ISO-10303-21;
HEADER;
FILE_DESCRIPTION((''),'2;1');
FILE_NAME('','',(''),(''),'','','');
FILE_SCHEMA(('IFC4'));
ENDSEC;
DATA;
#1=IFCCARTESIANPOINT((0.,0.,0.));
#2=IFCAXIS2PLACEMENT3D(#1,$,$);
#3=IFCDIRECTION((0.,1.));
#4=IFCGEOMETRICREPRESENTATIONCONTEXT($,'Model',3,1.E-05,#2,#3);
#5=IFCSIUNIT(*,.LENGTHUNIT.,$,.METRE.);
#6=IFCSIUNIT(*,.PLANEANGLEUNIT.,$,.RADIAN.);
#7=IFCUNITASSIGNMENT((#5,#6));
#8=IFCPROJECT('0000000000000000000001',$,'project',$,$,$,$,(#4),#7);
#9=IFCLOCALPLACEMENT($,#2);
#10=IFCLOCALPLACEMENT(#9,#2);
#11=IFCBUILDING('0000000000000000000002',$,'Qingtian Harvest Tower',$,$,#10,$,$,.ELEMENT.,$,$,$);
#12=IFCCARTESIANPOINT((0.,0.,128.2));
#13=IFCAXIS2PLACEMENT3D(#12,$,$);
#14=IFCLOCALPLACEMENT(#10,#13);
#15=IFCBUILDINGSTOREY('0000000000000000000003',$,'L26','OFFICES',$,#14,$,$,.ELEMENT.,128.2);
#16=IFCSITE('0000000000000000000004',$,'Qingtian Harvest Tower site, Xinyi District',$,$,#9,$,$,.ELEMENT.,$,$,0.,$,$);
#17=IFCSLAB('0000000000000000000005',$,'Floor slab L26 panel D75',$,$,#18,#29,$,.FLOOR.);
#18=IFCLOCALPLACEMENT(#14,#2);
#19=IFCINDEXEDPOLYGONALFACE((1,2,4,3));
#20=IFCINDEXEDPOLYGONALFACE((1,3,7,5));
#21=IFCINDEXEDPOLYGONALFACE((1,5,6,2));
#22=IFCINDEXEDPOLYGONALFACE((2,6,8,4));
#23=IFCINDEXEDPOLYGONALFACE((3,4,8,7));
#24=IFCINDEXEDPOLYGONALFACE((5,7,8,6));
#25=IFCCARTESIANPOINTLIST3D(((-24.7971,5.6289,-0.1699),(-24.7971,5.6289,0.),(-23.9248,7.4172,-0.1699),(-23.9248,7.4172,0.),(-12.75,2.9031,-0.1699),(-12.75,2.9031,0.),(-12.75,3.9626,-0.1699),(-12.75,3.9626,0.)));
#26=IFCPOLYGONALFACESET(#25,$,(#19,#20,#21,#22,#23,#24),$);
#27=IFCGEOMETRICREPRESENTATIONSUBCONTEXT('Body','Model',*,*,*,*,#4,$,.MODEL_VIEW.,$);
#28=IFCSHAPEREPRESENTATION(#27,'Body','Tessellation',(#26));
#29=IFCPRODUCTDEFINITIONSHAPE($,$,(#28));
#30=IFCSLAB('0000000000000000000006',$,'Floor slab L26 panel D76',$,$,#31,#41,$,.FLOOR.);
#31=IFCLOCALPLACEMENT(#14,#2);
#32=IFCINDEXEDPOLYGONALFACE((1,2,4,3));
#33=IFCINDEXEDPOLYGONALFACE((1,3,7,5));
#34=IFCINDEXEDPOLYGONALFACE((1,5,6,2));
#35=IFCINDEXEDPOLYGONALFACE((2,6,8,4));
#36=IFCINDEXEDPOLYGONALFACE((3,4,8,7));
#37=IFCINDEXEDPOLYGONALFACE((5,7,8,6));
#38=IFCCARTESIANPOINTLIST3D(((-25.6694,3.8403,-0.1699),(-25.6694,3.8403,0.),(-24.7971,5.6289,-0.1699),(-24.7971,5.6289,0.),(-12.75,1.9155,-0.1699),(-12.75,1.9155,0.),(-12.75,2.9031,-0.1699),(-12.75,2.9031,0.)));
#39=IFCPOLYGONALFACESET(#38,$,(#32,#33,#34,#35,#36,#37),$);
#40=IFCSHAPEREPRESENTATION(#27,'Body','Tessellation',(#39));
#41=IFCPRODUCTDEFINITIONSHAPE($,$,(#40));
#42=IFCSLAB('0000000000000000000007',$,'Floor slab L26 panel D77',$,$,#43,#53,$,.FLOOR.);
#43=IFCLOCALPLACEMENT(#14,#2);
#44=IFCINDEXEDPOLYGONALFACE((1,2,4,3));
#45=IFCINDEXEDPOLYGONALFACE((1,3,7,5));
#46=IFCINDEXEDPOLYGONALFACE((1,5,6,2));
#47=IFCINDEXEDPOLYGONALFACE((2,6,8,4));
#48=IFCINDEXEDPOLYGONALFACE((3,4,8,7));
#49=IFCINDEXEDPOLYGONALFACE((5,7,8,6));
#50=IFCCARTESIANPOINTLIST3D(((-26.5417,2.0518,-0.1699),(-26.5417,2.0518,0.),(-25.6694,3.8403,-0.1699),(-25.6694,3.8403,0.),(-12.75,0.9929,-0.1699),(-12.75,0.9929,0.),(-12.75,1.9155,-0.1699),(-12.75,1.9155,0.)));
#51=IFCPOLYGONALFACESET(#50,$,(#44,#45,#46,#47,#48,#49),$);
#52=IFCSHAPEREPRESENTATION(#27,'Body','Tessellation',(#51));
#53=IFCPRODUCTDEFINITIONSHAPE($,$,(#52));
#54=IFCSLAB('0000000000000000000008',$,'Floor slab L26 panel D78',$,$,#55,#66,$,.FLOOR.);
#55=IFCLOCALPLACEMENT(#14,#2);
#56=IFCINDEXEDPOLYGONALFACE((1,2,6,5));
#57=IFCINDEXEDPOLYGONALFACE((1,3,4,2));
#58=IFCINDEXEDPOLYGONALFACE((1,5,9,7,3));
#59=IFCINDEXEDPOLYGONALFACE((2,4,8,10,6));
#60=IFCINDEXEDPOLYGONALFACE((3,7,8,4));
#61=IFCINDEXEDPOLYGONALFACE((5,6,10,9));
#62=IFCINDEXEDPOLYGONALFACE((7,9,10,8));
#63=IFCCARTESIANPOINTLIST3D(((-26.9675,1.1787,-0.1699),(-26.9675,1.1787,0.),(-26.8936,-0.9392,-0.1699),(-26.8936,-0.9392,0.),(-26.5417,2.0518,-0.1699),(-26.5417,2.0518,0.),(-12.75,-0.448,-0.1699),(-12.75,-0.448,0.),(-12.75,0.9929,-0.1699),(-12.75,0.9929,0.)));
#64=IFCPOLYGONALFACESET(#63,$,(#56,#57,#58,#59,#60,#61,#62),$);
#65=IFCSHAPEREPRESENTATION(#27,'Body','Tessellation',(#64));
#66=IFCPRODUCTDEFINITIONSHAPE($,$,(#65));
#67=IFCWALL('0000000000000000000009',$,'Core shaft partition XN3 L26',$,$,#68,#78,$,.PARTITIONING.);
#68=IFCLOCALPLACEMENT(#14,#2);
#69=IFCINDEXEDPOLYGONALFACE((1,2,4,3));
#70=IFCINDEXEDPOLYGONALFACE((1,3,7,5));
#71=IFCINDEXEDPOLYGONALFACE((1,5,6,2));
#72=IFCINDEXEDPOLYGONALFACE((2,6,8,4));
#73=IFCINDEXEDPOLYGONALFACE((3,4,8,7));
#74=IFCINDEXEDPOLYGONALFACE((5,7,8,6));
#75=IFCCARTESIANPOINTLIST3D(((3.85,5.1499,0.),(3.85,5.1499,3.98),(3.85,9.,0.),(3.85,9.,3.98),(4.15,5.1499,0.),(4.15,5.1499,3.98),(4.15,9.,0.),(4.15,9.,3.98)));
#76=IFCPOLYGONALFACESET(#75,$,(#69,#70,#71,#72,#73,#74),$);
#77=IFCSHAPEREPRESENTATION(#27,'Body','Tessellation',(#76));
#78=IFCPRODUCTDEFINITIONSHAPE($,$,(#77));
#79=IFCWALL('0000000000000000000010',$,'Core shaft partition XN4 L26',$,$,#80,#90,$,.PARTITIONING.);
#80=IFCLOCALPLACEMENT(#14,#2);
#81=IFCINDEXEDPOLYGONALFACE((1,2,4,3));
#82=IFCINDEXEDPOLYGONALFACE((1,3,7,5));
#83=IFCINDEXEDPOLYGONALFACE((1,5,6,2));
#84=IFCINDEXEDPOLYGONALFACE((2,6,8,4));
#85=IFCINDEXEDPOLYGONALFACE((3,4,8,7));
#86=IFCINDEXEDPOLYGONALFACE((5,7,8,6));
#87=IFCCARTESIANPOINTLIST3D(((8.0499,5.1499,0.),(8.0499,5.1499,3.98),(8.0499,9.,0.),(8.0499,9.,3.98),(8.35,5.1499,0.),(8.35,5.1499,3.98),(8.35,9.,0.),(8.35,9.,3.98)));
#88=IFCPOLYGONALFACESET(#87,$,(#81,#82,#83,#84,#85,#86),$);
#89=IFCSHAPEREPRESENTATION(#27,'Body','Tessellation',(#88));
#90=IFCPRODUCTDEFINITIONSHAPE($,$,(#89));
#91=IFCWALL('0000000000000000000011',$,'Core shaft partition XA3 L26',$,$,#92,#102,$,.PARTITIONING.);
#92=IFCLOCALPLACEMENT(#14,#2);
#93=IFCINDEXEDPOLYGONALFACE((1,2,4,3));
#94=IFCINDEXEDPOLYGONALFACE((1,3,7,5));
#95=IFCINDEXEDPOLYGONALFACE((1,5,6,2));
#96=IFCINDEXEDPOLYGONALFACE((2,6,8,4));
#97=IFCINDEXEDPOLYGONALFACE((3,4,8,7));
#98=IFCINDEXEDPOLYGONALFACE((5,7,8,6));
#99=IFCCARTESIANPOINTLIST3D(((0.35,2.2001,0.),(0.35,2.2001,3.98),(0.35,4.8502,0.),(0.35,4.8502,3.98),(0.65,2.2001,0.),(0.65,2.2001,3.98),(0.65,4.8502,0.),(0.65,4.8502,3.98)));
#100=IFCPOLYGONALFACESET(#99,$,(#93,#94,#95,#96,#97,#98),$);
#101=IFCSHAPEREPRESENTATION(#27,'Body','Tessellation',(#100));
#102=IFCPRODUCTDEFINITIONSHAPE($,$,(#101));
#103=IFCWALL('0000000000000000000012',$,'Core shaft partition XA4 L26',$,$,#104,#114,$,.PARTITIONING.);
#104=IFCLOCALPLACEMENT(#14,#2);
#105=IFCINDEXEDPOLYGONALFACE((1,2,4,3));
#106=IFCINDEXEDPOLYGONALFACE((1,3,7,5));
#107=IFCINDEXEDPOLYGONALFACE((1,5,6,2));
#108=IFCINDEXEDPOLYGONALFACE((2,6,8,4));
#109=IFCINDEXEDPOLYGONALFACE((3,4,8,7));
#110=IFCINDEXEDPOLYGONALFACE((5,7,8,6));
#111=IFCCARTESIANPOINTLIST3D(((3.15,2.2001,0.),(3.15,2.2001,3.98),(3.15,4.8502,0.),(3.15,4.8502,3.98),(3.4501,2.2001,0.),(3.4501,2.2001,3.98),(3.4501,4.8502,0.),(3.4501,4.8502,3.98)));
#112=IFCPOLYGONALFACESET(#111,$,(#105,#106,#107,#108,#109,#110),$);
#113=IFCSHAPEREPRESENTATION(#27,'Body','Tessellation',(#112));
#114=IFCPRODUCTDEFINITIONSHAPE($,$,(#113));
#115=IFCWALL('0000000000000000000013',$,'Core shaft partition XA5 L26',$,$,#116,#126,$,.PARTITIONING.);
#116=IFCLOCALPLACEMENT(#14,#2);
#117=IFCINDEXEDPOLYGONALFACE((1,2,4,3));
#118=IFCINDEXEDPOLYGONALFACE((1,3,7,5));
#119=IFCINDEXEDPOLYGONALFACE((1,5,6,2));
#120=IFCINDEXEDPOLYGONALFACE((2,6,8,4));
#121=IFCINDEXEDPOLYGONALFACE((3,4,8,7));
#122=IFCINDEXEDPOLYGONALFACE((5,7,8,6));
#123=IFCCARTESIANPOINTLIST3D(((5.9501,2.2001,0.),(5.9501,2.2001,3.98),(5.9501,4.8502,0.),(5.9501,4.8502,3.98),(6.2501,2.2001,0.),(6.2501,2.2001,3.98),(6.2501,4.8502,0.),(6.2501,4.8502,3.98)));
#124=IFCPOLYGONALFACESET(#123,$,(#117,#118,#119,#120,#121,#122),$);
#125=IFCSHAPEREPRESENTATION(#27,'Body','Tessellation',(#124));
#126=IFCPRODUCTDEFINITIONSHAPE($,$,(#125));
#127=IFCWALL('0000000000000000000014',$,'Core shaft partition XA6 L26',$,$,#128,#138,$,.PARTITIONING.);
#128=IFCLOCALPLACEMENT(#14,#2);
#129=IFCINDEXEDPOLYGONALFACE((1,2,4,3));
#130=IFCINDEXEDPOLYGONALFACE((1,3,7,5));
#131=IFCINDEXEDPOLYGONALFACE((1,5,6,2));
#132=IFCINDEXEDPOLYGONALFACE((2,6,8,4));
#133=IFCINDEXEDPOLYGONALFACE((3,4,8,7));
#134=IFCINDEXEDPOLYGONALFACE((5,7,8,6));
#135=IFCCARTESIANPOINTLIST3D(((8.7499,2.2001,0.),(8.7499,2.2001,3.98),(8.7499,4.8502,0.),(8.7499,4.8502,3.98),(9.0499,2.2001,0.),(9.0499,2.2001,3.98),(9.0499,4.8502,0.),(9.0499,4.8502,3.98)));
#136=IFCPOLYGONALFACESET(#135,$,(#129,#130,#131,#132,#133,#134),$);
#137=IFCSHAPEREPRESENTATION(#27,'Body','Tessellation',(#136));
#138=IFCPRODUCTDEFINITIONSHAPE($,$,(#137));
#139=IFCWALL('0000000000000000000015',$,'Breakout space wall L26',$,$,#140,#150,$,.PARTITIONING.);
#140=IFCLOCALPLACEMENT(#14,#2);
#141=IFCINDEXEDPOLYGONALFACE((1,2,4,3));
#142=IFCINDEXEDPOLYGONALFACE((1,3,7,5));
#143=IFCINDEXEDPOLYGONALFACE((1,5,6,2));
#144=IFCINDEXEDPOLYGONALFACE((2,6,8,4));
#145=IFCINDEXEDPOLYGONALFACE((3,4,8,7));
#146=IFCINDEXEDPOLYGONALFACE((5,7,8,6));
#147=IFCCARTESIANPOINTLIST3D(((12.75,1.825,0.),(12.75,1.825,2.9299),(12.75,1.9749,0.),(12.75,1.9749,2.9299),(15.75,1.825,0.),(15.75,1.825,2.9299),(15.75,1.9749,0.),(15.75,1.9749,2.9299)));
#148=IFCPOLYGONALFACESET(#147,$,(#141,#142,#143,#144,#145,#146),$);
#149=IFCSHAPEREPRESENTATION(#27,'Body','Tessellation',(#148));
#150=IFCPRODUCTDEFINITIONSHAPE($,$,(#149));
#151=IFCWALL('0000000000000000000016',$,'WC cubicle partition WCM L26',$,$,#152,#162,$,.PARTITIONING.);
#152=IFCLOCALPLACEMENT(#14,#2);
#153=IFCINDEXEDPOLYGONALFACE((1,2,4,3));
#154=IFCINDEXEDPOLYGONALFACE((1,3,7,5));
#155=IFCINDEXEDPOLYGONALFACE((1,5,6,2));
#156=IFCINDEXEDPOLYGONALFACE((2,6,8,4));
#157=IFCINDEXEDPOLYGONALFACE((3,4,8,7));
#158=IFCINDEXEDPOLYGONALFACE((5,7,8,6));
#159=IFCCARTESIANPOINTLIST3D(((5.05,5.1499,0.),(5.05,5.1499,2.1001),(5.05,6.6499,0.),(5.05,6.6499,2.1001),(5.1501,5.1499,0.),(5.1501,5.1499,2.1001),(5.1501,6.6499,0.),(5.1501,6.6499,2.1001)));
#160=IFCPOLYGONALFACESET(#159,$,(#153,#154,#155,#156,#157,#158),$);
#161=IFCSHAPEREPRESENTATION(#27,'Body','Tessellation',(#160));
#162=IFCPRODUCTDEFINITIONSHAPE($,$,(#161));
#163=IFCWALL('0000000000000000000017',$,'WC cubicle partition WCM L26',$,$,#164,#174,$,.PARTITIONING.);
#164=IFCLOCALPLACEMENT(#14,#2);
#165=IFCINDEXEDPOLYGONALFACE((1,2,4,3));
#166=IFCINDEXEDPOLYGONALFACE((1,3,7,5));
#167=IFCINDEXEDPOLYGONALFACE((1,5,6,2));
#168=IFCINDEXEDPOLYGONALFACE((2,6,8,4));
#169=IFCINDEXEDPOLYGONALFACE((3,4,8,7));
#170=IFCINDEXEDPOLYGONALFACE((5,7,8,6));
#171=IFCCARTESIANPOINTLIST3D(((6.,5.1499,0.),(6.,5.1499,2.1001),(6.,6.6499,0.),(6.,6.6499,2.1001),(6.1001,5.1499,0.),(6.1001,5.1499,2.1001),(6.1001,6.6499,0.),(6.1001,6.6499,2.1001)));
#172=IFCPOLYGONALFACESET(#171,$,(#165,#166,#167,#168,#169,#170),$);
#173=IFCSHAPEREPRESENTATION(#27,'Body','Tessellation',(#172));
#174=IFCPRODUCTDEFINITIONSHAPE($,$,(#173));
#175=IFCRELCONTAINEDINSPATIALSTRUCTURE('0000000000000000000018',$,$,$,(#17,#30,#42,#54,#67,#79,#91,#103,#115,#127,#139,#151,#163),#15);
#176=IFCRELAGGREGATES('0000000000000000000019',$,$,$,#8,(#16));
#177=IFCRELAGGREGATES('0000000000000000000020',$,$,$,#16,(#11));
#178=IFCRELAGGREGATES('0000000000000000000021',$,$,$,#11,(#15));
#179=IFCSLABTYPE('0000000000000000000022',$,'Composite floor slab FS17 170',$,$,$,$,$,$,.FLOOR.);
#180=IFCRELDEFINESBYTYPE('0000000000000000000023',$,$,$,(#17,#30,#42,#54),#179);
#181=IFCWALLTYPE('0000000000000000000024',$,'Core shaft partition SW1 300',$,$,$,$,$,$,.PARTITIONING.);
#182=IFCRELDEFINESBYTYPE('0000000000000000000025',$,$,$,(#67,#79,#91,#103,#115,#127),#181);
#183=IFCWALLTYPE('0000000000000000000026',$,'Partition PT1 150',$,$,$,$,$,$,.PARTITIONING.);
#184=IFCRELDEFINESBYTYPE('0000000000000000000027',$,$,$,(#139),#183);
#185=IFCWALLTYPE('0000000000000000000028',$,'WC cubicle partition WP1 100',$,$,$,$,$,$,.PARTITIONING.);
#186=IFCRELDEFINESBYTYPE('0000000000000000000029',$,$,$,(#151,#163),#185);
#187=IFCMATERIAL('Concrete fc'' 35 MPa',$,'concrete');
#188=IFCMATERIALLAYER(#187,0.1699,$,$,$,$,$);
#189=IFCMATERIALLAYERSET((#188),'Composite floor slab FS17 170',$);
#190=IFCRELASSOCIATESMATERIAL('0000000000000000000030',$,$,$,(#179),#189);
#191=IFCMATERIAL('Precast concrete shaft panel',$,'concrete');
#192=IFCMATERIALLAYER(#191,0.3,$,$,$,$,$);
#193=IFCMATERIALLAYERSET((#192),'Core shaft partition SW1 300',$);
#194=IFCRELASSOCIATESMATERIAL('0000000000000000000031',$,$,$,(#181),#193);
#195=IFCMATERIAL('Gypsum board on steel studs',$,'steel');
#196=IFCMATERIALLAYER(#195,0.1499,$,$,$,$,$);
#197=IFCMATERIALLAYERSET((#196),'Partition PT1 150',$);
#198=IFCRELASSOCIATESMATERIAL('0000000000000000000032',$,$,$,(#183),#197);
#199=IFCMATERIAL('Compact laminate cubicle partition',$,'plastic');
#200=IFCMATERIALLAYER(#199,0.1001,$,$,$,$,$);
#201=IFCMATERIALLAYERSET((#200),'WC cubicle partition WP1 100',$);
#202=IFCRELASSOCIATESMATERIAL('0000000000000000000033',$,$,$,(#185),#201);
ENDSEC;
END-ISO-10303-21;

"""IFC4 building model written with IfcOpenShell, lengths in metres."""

from ifc_helpers import new_model, si_unit, direction, frame, frame_2d, origin, place, context, subcontext, project, spatial, polyline, rectangle, outline, extrude, material, layer, layer_set, type_object, element, save


model = new_model("IFC4")

# Units and contexts
model_context = context("Model", 3, precision=1e-05, world=origin(), true_north=direction((0.0, 1.0)))
body_context = subcontext(model_context, "Body", "Model", "MODEL_VIEW")
ifc_project = project(units=[si_unit("LENGTHUNIT", "METRE"), si_unit("PLANEANGLEUNIT", "RADIAN")], contexts=[model_context])

# Site, building, storey
site_placement = place(None, origin())
site = spatial("IfcSite", under=ifc_project, at=site_placement, Name="Qingtian Harvest Tower site, Xinyi District", CompositionType="ELEMENT", RefElevation=0.0)
building_placement = place(site_placement, origin())
building = spatial("IfcBuilding", under=site, at=building_placement, Name="Qingtian Harvest Tower", CompositionType="ELEMENT")
storey_placement = place(building_placement, frame((0.0, 0.0, 128.2)))
storey = spatial("IfcBuildingStorey", under=building, at=storey_placement, Name="L26", Description="OFFICES", CompositionType="ELEMENT", Elevation=128.2)

# Slabs
ifc_material_1 = material(Name="Concrete fc' 35 MPa", Category="concrete")
ifc_layer_1 = layer(ifc_material_1, 0.1699)
ifc_layer_set_1 = layer_set([ifc_layer_1], Name="Composite floor slab FS17 170")
slab_type = type_object("IfcSlabType", Name="Composite floor slab FS17 170", PredefinedType="FLOOR", material=ifc_layer_set_1)
slab_1_placement = place(storey_placement, frame((0.0, 0.0, -0.1699)))
element("IfcSlab", 1, at=slab_1_placement, inside=storey, type_object=slab_type, Name="Floor slab L26 panel D75", PredefinedType="FLOOR", context=body_context, shape_type="SweptSolid", body=[
    extrude(outline(polyline([(-12.75, 2.9031), (-24.7971, 5.6289), (-23.9248, 7.4172), (-12.75, 3.9626), (-12.75, 2.9031)])), origin(), (0.0, 0.0, 1.0), 0.1699),
])
slab_2_placement = place(storey_placement, frame((0.0, 0.0, -0.1699)))
element("IfcSlab", 2, at=slab_2_placement, inside=storey, type_object=slab_type, Name="Floor slab L26 panel D76", PredefinedType="FLOOR", context=body_context, shape_type="SweptSolid", body=[
    extrude(outline(polyline([(-12.75, 1.9155), (-25.6694, 3.8403), (-24.7971, 5.6289), (-12.75, 2.9031), (-12.75, 1.9155)])), origin(), (0.0, 0.0, 1.0), 0.1699),
])
slab_3_placement = place(storey_placement, frame((0.0, 0.0, -0.1699)))
element("IfcSlab", 3, at=slab_3_placement, inside=storey, type_object=slab_type, Name="Floor slab L26 panel D77", PredefinedType="FLOOR", context=body_context, shape_type="SweptSolid", body=[
    extrude(outline(polyline([(-12.75, 0.9929), (-26.5417, 2.0518), (-25.6694, 3.8403), (-12.75, 1.9155), (-12.75, 0.9929)])), origin(), (0.0, 0.0, 1.0), 0.1699),
])
slab_4_placement = place(storey_placement, frame((0.0, 0.0, -0.1699)))
element("IfcSlab", 4, at=slab_4_placement, inside=storey, type_object=slab_type, Name="Floor slab L26 panel D78", PredefinedType="FLOOR", context=body_context, shape_type="SweptSolid", body=[
    extrude(outline(polyline([(-12.75, 0.9929), (-12.75, -0.448), (-26.8936, -0.9392), (-26.9675, 1.1787), (-26.5417, 2.0518), (-12.75, 0.9929)])), origin(), (0.0, 0.0, 1.0), 0.1699),
])

# Shared definitions
ifc_material_2 = material(Name="Precast concrete shaft panel", Category="concrete")
ifc_layer_2 = layer(ifc_material_2, 0.3)
ifc_layer_set_2 = layer_set([ifc_layer_2], Name="Core shaft partition SW1 300")
wall_type_1 = type_object("IfcWallType", Name="Core shaft partition SW1 300", PredefinedType="PARTITIONING", material=ifc_layer_set_2)

# Walls
for number, where, z_axis, x_axis, name in (
    (5, (4.0, 5.1499, 0.0), (0.0, 0.0, 1.0), (0.0, 1.0, 0.0), "Core shaft partition XN3 L26"),
    (6, (8.2, 5.1499, 0.0), (0.0, 0.0, 1.0), (0.0, 1.0, 0.0), "Core shaft partition XN4 L26"),
):
    element("IfcWall", number, at=place(storey_placement, frame(where, z_axis=z_axis, x_axis=x_axis)), inside=storey, type_object=wall_type_1, Name=name, PredefinedType="PARTITIONING", context=body_context, shape_type="SweptSolid", body=[
        extrude(rectangle(XDim=3.8501, YDim=0.3, at=frame_2d((1.925, 0.0))), origin(), (0.0, 0.0, 1.0), 3.98),
    ])
for number, where, z_axis, x_axis, name in (
    (7, (0.5, 2.2, 0.0), (0.0, 0.0, 1.0), (0.0, 1.0, 0.0), "Core shaft partition XA3 L26"),
    (8, (3.3, 2.2, 0.0), (0.0, 0.0, 1.0), (0.0, 1.0, 0.0), "Core shaft partition XA4 L26"),
    (9, (6.1001, 2.2, 0.0), (0.0, 0.0, 1.0), (0.0, 1.0, 0.0), "Core shaft partition XA5 L26"),
    (10, (8.8999, 2.2, 0.0), (0.0, 0.0, 1.0), (0.0, 1.0, 0.0), "Core shaft partition XA6 L26"),
):
    element("IfcWall", number, at=place(storey_placement, frame(where, z_axis=z_axis, x_axis=x_axis)), inside=storey, type_object=wall_type_1, Name=name, PredefinedType="PARTITIONING", context=body_context, shape_type="SweptSolid", body=[
        extrude(rectangle(XDim=2.6501, YDim=0.3, at=frame_2d((1.3252, 0.0))), origin(), (0.0, 0.0, 1.0), 3.98),
    ])
ifc_material_3 = material(Name="Gypsum board on steel studs", Category="steel")
ifc_layer_3 = layer(ifc_material_3, 0.1499)
ifc_layer_set_3 = layer_set([ifc_layer_3], Name="Partition PT1 150")
wall_type_2 = type_object("IfcWallType", Name="Partition PT1 150", PredefinedType="PARTITIONING", material=ifc_layer_set_3)
wall_1_placement = place(storey_placement, frame((12.75, 1.8999, 0.0), z_axis=(0.0, 0.0, 1.0), x_axis=(1.0, 0.0, 0.0)))
element("IfcWall", 11, at=wall_1_placement, inside=storey, type_object=wall_type_2, Name="Breakout space wall L26", PredefinedType="PARTITIONING", context=body_context, shape_type="SweptSolid", body=[
    extrude(rectangle(XDim=3.0, YDim=0.1499, at=frame_2d((1.5, 0.0))), origin(), (0.0, 0.0, 1.0), 2.9299),
])

# Walls
ifc_material_4 = material(Name="Compact laminate cubicle partition", Category="plastic")
ifc_layer_4 = layer(ifc_material_4, 0.1001)
ifc_layer_set_4 = layer_set([ifc_layer_4], Name="WC cubicle partition WP1 100")
wall_type_3 = type_object("IfcWallType", Name="WC cubicle partition WP1 100", PredefinedType="PARTITIONING", material=ifc_layer_set_4)
for number, where, z_axis, x_axis, name in (
    (12, (5.1001, 5.1499, 0.0), (0.0, 0.0, 1.0), (0.0, 1.0, 0.0), "WC cubicle partition WCM L26"),
    (13, (6.05, 5.1499, 0.0), (0.0, 0.0, 1.0), (0.0, 1.0, 0.0), "WC cubicle partition WCM L26"),
):
    element("IfcWall", number, at=place(storey_placement, frame(where, z_axis=z_axis, x_axis=x_axis)), inside=storey, type_object=wall_type_3, Name=name, PredefinedType="PARTITIONING", context=body_context, shape_type="SweptSolid", body=[
        extrude(rectangle(XDim=1.5, YDim=0.1001, at=frame_2d((0.75, 0.0))), origin(), (0.0, 0.0, 1.0), 2.1001),
    ])

save(model, "model.ifc")
